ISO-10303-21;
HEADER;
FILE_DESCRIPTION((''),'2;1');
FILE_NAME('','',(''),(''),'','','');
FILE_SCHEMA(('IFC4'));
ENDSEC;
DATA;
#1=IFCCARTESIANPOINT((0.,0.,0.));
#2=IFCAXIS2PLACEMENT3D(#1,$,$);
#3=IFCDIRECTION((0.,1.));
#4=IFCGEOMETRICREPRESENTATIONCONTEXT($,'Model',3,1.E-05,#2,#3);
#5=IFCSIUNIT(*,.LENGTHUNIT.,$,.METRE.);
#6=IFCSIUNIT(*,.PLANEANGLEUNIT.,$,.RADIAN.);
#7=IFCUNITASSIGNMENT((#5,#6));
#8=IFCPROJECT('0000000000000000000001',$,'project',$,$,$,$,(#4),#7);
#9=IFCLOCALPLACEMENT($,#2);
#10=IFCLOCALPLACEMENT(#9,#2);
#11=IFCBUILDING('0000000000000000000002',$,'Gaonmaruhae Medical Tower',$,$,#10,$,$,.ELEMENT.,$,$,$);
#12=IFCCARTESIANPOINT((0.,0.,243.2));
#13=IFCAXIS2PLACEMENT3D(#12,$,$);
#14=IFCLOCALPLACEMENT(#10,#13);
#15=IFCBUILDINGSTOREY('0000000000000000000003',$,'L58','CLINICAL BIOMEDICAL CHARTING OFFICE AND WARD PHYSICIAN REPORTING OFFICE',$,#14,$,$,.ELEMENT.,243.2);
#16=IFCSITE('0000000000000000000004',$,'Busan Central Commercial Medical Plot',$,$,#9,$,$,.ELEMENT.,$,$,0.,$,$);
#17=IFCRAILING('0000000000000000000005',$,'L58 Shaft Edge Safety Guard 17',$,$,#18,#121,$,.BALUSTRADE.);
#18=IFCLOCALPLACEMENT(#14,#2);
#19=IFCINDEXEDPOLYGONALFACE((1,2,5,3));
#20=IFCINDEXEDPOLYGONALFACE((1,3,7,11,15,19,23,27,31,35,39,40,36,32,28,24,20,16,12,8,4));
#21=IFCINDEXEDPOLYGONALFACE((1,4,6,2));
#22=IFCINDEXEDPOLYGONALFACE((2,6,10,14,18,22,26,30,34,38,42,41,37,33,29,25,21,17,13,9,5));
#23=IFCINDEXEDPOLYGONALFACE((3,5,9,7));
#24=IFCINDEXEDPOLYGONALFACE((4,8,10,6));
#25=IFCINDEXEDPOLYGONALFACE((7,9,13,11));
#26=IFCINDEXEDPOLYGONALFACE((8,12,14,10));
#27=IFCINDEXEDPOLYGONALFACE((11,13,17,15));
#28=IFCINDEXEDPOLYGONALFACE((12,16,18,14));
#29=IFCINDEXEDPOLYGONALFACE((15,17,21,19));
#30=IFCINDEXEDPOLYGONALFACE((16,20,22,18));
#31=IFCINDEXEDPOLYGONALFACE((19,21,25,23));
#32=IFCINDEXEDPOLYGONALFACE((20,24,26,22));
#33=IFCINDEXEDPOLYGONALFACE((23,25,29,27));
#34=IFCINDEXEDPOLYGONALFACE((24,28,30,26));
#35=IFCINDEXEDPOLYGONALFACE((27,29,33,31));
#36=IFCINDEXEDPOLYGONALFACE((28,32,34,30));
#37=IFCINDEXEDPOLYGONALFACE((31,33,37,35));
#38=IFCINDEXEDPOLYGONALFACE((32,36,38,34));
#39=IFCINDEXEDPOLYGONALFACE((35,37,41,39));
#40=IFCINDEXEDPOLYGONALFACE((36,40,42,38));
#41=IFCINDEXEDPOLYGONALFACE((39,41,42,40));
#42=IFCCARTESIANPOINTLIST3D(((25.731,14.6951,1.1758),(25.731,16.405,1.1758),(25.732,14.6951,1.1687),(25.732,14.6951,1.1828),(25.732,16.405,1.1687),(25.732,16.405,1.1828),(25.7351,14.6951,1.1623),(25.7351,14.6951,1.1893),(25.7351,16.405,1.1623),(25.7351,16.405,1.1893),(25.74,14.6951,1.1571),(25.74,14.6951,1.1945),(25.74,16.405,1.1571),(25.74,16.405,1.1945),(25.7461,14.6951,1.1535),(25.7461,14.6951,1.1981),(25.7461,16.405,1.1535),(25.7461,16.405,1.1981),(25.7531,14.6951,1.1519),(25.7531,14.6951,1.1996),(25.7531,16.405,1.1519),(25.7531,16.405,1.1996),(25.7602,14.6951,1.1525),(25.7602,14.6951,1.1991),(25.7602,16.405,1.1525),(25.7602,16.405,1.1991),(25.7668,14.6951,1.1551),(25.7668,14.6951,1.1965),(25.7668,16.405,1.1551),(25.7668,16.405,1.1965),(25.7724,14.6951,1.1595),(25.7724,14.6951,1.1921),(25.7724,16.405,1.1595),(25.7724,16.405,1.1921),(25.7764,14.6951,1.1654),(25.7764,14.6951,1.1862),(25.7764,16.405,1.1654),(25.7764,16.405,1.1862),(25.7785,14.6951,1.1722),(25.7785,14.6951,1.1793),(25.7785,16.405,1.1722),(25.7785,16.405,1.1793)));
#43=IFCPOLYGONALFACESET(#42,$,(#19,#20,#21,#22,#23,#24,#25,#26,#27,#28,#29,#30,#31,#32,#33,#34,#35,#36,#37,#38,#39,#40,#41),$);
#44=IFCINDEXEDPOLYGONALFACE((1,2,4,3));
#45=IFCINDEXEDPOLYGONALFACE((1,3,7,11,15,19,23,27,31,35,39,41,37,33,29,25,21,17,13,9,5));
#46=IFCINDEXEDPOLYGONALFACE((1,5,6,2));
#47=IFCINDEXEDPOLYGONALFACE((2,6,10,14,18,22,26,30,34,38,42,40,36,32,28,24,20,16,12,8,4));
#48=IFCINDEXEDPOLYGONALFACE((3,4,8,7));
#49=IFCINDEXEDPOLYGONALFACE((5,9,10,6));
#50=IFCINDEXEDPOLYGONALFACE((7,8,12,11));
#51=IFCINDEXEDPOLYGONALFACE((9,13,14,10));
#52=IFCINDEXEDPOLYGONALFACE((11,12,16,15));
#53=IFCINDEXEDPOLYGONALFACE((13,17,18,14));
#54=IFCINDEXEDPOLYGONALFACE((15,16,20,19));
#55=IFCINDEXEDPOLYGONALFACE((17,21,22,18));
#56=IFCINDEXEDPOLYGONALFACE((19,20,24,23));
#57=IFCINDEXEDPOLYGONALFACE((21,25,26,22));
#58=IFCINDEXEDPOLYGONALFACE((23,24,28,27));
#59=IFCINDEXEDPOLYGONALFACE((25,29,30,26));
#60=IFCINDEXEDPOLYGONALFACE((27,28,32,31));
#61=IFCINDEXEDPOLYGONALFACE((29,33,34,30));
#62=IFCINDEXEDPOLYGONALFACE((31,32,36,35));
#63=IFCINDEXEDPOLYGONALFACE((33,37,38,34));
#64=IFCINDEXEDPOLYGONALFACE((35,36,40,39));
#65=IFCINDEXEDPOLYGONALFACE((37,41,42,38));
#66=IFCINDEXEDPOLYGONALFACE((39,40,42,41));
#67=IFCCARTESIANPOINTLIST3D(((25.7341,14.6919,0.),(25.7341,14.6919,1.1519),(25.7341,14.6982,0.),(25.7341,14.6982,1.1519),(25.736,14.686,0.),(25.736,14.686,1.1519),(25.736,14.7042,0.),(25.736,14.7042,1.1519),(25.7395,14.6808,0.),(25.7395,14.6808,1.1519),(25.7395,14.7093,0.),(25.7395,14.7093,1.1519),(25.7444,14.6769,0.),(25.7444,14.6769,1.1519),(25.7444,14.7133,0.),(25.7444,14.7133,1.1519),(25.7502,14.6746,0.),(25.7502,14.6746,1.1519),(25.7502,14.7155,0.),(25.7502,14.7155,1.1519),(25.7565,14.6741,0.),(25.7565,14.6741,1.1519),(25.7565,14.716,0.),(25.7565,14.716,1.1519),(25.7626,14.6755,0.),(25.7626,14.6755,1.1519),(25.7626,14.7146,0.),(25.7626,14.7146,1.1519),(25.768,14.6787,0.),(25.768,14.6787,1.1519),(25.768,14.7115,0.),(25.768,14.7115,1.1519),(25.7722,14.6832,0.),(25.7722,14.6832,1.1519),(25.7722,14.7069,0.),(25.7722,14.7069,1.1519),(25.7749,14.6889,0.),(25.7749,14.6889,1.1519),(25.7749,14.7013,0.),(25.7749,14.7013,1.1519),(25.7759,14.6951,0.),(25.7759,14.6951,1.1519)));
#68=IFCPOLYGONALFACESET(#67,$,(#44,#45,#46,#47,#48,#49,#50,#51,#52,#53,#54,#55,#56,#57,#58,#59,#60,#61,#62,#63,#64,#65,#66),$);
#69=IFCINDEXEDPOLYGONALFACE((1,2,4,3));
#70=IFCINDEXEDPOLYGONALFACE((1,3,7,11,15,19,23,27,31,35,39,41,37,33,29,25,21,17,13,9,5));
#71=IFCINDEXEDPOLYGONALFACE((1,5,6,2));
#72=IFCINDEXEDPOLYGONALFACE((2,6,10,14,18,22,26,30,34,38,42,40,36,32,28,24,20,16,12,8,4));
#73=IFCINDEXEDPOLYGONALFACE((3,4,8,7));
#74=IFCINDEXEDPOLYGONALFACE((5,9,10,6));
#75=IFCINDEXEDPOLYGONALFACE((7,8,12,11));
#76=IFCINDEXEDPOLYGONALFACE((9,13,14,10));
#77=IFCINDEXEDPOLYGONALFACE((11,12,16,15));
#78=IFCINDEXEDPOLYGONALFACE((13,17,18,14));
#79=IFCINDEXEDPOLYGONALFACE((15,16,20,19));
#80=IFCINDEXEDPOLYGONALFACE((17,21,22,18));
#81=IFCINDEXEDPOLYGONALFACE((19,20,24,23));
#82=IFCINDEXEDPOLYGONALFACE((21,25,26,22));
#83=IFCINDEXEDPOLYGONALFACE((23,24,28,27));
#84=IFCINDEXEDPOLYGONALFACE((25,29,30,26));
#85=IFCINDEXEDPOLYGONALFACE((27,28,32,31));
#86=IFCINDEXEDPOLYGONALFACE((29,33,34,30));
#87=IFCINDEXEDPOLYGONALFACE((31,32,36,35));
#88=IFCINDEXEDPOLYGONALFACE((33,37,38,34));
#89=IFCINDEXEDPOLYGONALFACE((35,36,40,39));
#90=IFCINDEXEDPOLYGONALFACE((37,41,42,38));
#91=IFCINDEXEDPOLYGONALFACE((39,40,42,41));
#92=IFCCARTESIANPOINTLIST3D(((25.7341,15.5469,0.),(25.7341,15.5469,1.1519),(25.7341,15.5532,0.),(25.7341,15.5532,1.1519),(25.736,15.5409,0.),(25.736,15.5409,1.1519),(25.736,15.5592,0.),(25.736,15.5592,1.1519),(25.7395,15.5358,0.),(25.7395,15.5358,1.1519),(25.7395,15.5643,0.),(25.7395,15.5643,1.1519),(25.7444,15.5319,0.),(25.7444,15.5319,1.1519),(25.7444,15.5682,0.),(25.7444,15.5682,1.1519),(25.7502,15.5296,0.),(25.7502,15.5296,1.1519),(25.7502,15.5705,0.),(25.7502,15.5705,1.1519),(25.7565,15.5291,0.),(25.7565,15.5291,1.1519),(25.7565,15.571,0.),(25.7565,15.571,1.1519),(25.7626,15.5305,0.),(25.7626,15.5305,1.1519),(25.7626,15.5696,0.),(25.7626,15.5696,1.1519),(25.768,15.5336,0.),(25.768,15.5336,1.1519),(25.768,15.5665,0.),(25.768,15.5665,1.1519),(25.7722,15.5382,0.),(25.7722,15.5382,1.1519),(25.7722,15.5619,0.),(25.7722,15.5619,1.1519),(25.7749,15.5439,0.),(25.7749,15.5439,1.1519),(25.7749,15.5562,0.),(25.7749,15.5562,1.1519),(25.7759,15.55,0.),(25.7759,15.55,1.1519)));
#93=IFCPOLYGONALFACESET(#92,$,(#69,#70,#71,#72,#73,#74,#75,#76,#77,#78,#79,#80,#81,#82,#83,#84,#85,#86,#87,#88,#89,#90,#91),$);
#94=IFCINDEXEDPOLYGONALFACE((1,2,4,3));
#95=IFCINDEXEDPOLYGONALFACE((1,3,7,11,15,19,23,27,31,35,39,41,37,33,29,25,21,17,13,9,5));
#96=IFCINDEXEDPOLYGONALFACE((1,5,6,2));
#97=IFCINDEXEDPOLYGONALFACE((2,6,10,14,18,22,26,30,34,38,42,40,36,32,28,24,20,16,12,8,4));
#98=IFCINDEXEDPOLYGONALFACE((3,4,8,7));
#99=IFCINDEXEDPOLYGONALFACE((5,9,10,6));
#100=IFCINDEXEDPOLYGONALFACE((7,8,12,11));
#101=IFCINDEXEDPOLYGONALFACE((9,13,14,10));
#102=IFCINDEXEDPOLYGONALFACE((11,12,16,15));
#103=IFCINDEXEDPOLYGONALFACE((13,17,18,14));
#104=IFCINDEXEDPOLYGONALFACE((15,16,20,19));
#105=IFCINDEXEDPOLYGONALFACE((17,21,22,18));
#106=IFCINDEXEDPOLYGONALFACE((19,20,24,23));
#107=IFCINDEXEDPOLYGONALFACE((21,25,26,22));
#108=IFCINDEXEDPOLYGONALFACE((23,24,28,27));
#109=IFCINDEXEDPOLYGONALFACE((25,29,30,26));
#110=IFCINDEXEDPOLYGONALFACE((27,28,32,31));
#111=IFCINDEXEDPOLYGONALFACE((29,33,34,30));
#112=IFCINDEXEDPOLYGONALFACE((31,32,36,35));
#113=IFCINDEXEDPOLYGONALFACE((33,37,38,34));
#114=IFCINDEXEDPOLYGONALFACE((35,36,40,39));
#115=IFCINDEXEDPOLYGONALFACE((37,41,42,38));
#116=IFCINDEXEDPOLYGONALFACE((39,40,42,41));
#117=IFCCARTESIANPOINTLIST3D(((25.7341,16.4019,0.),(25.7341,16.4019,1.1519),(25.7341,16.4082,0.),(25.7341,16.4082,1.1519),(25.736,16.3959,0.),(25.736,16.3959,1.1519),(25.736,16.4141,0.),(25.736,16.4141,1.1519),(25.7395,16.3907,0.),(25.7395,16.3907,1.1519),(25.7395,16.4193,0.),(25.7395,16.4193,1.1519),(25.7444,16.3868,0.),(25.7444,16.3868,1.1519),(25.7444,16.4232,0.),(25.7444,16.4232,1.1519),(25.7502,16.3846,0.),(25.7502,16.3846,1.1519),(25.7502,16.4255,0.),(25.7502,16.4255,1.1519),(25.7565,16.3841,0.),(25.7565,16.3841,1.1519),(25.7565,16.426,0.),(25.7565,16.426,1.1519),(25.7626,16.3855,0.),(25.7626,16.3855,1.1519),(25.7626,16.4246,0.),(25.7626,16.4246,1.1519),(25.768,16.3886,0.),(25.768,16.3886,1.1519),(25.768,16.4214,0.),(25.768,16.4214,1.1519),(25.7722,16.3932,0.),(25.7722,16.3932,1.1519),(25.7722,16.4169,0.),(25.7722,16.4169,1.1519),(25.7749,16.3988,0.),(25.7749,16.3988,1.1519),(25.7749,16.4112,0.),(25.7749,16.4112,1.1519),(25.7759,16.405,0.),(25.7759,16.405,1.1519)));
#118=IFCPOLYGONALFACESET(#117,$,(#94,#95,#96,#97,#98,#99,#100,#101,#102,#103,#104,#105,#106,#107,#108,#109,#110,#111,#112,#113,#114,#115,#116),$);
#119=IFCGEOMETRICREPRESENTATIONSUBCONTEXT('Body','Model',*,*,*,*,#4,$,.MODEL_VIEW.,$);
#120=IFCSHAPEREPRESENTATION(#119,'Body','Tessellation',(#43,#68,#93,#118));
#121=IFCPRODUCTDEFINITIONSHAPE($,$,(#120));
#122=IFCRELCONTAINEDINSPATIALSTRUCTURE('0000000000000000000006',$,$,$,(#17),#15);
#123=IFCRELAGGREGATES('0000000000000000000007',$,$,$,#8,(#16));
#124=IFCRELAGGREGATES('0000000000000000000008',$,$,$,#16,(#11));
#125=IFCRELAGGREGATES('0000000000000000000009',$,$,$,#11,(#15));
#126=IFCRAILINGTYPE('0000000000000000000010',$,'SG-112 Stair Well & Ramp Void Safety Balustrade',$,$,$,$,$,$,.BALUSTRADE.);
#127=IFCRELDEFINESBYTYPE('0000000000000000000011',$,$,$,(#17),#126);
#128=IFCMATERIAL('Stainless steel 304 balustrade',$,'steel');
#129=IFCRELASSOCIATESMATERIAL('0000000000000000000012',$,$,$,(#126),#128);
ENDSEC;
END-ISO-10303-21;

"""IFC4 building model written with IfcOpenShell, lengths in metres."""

from ifc_helpers import new_model, si_unit, direction, frame, origin, origin_2d, place, context, subcontext, project, spatial, circle, extrude, material, type_object, element, save


model = new_model("IFC4")

# Units and contexts
model_context = context("Model", 3, precision=1e-05, world=origin(), true_north=direction((0.0, 1.0)))
body_context = subcontext(model_context, "Body", "Model", "MODEL_VIEW")
ifc_project = project(units=[si_unit("LENGTHUNIT", "METRE"), si_unit("PLANEANGLEUNIT", "RADIAN")], contexts=[model_context])

# Site, building, storey
site_placement = place(None, origin())
site = spatial("IfcSite", under=ifc_project, at=site_placement, Name="Busan Central Commercial Medical Plot", CompositionType="ELEMENT", RefElevation=0.0)
building_placement = place(site_placement, origin())
building = spatial("IfcBuilding", under=site, at=building_placement, Name="Gaonmaruhae Medical Tower", CompositionType="ELEMENT")
storey_placement = place(building_placement, frame((0.0, 0.0, 243.2)))
storey = spatial("IfcBuildingStorey", under=building, at=storey_placement, Name="L58", Description="CLINICAL BIOMEDICAL CHARTING OFFICE AND WARD PHYSICIAN REPORTING OFFICE", CompositionType="ELEMENT", Elevation=243.2)

# Railing
ifc_material_1 = material(Name="Stainless steel 304 balustrade", Category="steel")
railing_type_1 = type_object("IfcRailingType", Name="SG-112 Stair Well & Ramp Void Safety Balustrade", PredefinedType="BALUSTRADE", material=ifc_material_1)
railing_1_placement = place(storey_placement, frame((25.7549, 14.6951, 0.0)))
element("IfcRailing", 1, at=railing_1_placement, inside=storey, type_object=railing_type_1, Name="L58 Shaft Edge Safety Guard 17", PredefinedType="BALUSTRADE", context=body_context, shape_type="SweptSolid", body=[
    extrude(circle(Radius=0.0239, at=origin_2d()), frame((0.0, 0.0, 1.1758), z_axis=(0.0, 1.0, 0.0), x_axis=(-1.0, 0.0, 0.0)), (0.0, 0.0, 1.0), 1.71),
    extrude(circle(Radius=0.021, at=origin_2d()), origin(), (0.0, 0.0, 1.0), 1.1519),
    extrude(circle(Radius=0.021, at=origin_2d()), frame((0.0, 0.855, 0.0)), (0.0, 0.0, 1.0), 1.1519),
    extrude(circle(Radius=0.021, at=origin_2d()), frame((0.0, 1.71, 0.0)), (0.0, 0.0, 1.0), 1.1519),
])

save(model, "model.ifc")
